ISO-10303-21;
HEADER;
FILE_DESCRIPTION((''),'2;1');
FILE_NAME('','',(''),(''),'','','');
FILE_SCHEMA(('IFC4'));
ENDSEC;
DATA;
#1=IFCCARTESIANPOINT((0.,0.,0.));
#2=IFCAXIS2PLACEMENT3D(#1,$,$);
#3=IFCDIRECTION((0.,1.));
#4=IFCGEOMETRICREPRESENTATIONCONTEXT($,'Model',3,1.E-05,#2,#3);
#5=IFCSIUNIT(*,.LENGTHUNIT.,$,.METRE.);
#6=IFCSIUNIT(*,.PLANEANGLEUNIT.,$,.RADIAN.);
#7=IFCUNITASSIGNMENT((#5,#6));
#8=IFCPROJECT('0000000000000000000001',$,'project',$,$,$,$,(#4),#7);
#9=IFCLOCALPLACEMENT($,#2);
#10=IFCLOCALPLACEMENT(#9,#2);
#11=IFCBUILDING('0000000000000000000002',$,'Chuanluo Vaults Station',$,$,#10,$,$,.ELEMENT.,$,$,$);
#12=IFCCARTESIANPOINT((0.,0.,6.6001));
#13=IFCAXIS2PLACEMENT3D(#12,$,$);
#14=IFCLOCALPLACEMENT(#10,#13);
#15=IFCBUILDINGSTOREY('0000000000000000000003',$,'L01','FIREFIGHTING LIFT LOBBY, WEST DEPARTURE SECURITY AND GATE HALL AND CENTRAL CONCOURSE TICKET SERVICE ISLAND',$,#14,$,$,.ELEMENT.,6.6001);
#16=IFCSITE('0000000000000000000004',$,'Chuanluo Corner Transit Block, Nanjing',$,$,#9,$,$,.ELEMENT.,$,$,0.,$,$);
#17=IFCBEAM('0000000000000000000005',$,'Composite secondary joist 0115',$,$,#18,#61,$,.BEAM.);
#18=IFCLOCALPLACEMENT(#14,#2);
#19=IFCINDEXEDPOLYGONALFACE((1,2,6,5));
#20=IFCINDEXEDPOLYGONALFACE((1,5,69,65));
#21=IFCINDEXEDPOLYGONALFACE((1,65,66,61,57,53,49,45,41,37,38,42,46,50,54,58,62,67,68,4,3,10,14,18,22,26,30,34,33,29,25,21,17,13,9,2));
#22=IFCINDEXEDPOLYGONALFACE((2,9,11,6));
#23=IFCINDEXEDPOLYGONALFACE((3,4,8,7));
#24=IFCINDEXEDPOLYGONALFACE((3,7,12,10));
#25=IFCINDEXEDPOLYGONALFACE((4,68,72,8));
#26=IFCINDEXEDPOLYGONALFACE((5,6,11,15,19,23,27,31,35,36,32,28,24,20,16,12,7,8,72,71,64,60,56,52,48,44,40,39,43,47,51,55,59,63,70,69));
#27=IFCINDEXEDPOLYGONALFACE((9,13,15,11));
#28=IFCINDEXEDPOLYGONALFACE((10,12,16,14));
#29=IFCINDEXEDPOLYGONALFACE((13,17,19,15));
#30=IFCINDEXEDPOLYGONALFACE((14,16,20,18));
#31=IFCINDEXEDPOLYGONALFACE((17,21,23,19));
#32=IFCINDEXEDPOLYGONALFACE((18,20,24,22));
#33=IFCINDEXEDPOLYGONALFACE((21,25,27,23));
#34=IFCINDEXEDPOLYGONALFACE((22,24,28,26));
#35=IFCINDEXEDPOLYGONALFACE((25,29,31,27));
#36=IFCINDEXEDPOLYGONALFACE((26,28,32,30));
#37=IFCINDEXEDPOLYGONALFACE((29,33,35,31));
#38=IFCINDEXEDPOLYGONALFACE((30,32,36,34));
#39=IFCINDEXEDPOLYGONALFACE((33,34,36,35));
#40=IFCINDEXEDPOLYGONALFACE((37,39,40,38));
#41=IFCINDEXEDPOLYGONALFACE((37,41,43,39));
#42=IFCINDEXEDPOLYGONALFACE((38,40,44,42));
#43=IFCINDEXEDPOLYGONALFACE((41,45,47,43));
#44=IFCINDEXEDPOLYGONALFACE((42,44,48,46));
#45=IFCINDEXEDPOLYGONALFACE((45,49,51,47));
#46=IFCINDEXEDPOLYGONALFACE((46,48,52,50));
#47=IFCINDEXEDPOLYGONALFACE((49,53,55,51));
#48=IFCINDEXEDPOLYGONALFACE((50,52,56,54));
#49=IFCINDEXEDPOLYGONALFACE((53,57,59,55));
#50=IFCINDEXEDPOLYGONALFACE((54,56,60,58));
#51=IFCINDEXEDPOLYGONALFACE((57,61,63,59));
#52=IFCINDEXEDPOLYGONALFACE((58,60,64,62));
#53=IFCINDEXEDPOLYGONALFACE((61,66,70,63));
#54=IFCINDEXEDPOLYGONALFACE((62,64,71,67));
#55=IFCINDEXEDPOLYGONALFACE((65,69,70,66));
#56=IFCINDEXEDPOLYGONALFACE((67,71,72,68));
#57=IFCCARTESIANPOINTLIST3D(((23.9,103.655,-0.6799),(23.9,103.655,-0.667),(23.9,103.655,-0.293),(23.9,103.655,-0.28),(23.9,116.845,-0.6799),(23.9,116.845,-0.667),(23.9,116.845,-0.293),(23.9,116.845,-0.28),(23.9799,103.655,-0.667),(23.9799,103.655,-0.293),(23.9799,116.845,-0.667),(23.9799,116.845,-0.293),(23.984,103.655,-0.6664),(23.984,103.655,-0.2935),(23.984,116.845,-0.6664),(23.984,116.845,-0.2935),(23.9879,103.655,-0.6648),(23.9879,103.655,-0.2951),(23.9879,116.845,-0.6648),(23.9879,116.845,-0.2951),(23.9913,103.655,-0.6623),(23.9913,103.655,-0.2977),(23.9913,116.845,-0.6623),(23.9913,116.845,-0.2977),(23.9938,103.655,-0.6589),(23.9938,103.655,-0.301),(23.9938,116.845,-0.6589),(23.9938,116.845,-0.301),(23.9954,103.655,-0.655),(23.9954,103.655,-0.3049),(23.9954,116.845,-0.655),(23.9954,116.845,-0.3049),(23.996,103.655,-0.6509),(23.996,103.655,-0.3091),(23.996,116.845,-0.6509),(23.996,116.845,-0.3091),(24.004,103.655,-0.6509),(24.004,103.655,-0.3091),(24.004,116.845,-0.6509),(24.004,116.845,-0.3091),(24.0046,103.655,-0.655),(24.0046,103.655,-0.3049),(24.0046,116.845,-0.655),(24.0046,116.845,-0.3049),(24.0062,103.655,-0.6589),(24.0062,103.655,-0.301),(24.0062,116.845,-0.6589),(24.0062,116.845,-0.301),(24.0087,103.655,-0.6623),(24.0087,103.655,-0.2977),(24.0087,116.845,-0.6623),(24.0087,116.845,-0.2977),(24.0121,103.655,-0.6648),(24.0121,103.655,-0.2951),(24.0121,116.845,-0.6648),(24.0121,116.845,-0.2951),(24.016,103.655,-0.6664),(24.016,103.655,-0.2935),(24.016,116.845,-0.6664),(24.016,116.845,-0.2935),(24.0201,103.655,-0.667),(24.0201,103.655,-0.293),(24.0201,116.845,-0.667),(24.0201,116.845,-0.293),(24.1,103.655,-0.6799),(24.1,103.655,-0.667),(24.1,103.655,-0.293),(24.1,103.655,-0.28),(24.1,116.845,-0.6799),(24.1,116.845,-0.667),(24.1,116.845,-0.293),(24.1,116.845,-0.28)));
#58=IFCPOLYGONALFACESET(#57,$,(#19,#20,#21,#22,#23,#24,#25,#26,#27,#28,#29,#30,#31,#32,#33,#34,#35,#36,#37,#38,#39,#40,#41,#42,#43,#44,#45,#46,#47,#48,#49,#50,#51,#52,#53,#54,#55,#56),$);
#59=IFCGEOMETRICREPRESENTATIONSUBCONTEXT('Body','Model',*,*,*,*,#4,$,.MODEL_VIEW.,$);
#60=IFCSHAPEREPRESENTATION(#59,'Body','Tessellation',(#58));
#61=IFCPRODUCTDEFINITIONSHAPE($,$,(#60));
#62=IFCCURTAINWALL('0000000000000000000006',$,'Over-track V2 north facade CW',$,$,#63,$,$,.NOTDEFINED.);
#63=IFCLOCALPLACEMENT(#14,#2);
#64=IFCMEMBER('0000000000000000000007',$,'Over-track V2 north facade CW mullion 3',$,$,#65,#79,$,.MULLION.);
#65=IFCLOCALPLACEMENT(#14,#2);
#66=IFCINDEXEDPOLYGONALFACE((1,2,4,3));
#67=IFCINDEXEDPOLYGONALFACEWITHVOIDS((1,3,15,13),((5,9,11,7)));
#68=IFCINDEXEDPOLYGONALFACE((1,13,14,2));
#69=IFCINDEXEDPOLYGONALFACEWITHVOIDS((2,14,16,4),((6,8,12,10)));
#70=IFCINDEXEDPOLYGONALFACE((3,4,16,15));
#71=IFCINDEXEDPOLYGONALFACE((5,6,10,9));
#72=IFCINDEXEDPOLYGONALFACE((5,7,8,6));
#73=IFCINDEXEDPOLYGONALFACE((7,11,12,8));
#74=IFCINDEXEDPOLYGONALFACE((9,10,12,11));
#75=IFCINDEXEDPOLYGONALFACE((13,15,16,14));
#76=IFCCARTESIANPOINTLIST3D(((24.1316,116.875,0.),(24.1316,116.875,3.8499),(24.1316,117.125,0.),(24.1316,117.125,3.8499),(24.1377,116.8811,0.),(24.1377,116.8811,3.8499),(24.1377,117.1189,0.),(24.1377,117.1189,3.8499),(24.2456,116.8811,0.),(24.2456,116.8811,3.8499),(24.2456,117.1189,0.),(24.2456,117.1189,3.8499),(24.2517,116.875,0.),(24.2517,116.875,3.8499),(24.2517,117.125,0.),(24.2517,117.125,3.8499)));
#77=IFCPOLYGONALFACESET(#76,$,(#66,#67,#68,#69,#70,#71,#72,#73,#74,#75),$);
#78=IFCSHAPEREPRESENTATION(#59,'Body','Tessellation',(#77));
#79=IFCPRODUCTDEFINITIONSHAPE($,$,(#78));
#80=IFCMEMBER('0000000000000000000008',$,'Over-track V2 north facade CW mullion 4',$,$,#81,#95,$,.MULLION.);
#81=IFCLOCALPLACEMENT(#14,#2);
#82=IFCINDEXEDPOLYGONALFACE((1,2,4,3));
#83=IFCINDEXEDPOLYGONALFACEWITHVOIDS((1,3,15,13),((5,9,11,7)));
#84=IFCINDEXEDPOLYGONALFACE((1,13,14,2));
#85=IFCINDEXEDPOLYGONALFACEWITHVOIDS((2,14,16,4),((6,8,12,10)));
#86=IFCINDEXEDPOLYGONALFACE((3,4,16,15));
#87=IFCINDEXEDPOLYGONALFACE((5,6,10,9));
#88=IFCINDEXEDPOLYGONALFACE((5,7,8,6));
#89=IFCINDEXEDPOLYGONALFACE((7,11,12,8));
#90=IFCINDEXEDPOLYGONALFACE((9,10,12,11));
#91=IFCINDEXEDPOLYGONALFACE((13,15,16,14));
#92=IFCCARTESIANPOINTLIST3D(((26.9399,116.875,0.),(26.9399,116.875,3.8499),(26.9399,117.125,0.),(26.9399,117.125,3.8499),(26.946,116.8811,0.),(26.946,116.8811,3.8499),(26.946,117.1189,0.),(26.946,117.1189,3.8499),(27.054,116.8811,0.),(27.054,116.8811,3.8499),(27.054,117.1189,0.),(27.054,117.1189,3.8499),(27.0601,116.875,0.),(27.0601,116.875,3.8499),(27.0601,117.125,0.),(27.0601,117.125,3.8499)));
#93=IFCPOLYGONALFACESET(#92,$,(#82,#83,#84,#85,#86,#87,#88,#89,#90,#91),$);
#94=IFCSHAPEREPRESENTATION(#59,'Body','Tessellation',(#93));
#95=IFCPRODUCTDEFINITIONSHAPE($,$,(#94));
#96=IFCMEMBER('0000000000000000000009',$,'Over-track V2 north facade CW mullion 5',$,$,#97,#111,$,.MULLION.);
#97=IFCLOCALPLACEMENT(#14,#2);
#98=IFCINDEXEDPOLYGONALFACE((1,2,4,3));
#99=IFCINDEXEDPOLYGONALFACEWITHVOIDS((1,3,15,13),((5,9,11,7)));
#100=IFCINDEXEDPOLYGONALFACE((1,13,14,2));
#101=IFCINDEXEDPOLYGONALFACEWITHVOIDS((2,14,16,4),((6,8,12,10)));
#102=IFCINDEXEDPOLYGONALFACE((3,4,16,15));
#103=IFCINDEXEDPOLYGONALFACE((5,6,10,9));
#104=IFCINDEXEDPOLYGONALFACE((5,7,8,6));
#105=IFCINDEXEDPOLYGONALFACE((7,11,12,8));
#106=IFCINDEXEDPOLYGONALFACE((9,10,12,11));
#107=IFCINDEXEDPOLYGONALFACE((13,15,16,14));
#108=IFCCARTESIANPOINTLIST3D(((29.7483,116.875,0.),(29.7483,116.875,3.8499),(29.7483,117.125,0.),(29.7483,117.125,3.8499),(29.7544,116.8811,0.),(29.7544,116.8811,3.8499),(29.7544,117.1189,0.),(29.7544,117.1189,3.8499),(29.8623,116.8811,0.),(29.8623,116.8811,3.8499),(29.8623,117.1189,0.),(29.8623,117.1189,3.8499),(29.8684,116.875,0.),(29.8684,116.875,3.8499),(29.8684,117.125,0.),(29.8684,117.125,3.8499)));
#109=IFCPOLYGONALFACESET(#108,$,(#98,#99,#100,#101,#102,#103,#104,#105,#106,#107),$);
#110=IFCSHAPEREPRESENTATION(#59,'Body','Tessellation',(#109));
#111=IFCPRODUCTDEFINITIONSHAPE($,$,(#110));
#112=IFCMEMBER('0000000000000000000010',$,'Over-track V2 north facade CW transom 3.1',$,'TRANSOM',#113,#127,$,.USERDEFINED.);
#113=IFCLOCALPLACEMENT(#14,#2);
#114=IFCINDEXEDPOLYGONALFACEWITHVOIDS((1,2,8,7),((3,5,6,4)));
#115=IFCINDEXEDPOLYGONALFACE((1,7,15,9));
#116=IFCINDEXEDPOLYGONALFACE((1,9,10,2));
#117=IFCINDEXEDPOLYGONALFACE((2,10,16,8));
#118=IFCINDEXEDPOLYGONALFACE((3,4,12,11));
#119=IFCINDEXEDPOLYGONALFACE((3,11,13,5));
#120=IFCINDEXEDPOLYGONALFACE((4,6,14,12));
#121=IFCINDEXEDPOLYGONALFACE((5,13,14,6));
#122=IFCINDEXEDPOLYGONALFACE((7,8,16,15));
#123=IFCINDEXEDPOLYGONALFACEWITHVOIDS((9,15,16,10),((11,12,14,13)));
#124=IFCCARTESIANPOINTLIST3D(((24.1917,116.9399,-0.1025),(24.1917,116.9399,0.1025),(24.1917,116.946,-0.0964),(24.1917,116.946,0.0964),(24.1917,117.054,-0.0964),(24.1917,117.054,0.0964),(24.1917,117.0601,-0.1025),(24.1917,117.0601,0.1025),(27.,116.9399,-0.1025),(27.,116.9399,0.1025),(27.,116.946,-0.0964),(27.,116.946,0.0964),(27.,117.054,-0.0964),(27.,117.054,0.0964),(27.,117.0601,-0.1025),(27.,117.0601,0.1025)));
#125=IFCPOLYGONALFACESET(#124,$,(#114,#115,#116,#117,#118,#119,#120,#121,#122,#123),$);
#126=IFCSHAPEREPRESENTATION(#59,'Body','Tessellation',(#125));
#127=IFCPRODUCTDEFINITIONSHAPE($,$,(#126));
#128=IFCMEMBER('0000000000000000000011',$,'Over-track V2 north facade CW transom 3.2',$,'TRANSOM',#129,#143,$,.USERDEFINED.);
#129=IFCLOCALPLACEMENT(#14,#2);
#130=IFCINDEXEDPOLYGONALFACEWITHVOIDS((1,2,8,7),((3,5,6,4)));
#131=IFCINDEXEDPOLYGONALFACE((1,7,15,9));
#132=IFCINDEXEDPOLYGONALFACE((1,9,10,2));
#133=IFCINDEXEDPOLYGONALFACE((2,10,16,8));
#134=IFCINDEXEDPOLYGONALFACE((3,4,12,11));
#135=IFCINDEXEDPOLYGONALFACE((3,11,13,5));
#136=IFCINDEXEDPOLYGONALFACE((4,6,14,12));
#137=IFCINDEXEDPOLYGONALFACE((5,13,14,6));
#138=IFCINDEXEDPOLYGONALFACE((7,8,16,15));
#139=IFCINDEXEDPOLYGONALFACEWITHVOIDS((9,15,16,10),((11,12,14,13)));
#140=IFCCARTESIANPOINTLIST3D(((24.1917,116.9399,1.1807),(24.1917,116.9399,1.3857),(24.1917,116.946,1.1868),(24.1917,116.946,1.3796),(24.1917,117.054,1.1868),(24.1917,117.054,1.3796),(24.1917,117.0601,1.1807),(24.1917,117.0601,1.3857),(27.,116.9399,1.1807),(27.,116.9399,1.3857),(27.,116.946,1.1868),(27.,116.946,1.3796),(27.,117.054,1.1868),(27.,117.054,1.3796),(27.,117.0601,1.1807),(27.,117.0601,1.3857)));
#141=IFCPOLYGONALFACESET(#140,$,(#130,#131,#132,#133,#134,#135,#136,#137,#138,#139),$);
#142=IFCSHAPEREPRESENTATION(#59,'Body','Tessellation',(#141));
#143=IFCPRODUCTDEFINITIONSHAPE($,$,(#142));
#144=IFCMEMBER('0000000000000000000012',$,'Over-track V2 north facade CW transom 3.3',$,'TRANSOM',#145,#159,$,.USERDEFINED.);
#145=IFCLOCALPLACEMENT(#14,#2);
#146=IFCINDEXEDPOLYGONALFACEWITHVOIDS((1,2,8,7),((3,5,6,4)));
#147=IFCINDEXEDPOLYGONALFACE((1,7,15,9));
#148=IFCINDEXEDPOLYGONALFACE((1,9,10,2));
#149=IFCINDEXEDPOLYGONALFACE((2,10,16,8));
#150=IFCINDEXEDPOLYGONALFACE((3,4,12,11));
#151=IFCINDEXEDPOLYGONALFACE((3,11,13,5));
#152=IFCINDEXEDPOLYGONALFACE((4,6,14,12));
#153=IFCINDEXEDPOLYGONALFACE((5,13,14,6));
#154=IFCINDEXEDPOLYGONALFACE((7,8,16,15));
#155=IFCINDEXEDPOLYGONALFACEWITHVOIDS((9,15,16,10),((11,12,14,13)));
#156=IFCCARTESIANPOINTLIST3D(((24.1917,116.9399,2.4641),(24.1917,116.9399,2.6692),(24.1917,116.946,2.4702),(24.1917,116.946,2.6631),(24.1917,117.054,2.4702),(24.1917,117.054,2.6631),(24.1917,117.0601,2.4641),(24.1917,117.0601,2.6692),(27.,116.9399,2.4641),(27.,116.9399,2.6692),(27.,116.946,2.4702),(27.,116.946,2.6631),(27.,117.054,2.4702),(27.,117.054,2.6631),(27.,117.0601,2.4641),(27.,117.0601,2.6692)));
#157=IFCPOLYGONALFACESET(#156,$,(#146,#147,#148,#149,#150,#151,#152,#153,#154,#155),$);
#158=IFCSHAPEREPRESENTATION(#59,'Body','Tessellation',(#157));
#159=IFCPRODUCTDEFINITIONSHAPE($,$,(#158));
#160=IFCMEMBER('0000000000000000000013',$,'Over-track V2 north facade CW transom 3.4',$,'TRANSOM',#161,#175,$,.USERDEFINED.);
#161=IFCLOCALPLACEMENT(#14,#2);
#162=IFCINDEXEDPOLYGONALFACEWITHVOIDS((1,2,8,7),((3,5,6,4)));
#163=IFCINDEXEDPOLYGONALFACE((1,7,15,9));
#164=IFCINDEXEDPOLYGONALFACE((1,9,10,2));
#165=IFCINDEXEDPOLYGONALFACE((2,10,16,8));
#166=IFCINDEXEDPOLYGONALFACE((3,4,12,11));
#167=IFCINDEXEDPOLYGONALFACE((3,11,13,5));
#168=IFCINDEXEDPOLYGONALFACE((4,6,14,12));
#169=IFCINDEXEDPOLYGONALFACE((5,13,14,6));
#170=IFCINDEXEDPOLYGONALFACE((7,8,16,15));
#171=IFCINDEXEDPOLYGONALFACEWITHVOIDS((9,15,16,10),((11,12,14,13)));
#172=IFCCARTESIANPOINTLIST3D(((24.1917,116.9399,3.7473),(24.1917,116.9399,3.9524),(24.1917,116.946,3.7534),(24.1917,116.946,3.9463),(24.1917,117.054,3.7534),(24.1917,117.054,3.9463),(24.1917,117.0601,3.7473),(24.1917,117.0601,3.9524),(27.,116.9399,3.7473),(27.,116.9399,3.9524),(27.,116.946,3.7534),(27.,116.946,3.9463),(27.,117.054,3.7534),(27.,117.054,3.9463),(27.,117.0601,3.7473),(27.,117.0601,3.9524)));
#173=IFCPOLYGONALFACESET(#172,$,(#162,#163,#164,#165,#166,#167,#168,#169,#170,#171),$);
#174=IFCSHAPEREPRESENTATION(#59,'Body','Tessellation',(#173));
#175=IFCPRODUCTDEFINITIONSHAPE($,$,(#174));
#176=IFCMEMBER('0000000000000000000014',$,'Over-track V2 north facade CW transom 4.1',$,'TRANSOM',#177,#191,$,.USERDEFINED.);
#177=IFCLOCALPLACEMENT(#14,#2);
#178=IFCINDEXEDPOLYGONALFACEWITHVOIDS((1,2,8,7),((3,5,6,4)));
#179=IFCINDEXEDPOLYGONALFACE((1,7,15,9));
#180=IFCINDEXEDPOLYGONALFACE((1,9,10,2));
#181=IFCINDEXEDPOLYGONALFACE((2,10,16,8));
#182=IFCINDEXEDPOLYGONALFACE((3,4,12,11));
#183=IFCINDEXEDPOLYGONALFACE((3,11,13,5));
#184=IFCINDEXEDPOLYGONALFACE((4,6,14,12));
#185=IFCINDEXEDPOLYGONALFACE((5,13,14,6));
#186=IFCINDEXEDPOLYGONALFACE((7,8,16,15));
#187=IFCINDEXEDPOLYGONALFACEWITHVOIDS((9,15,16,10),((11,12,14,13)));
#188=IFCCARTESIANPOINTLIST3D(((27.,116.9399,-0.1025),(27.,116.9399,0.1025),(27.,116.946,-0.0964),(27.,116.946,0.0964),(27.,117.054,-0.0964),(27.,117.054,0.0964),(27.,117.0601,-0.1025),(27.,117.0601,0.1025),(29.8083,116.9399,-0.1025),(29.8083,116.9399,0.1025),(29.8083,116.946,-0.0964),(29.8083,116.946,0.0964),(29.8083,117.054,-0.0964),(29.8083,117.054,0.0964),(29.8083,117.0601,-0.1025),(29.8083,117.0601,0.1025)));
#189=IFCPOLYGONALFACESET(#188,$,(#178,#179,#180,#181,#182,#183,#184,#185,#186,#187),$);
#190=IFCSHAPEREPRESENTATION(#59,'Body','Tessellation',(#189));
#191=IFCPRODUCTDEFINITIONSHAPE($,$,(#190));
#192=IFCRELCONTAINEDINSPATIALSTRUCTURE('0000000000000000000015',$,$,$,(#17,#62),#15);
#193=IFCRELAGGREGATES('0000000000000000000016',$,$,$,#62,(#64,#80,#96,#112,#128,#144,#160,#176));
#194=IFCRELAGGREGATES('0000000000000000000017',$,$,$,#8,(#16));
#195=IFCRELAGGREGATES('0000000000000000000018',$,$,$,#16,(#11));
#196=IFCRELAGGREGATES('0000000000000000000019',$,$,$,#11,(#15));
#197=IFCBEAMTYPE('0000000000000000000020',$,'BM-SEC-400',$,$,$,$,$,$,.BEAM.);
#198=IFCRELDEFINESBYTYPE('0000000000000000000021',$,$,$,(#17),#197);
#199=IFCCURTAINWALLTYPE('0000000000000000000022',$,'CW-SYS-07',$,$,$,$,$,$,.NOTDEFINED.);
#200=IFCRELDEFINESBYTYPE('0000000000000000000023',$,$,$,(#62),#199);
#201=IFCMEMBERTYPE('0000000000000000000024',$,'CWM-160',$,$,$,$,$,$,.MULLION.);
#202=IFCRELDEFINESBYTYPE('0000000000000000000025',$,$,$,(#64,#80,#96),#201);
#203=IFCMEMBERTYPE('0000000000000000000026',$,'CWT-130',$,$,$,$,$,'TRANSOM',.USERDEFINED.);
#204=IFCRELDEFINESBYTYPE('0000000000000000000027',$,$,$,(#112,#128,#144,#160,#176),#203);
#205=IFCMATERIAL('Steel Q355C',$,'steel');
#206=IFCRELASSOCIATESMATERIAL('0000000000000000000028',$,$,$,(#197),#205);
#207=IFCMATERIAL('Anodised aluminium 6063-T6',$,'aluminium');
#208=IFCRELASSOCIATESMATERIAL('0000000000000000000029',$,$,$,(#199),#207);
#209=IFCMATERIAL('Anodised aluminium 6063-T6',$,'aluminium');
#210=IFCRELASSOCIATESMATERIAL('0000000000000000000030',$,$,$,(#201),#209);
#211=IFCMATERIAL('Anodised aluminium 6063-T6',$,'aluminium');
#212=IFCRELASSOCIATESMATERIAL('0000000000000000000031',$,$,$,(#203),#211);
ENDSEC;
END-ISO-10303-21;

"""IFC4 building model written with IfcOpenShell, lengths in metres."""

from ifc_helpers import new_model, si_unit, direction, frame, origin, origin_2d, place, context, subcontext, project, spatial, hollow_rectangle, i_section, extrude, material, material_profile, profile_set, type_object, element, aggregate, save


model = new_model("IFC4")

# Units and contexts
model_context = context("Model", 3, precision=1e-05, world=origin(), true_north=direction((0.0, 1.0)))
body_context = subcontext(model_context, "Body", "Model", "MODEL_VIEW")
ifc_project = project(units=[si_unit("LENGTHUNIT", "METRE"), si_unit("PLANEANGLEUNIT", "RADIAN")], contexts=[model_context])

# Site, building, storey
site_placement = place(None, origin())
site = spatial("IfcSite", under=ifc_project, at=site_placement, Name="Chuanluo Corner Transit Block, Nanjing", CompositionType="ELEMENT", RefElevation=0.0)
building_placement = place(site_placement, origin())
building = spatial("IfcBuilding", under=site, at=building_placement, Name="Chuanluo Vaults Station", CompositionType="ELEMENT")
storey_placement = place(building_placement, frame((0.0, 0.0, 6.6001)))
storey = spatial("IfcBuildingStorey", under=building, at=storey_placement, Name="L01", Description="FIREFIGHTING LIFT LOBBY, WEST DEPARTURE SECURITY AND GATE HALL AND CENTRAL CONCOURSE TICKET SERVICE ISLAND", CompositionType="ELEMENT", Elevation=6.6001)

# Beam
ifc_material_1 = material(Name="Steel Q355C", Category="steel")
ifc_material_profile_1 = material_profile(ifc_material_1, i_section(OverallWidth=0.2, OverallDepth=0.3999, WebThickness=0.0081, FlangeThickness=0.0129, FilletRadius=0.0161, at=origin_2d()))
ifc_profile_set_1 = profile_set([ifc_material_profile_1], Name="Steel Q355C")
beam_type = type_object("IfcBeamType", Name="BM-SEC-400", PredefinedType="BEAM", material=ifc_profile_set_1)
beam_placement = place(storey_placement, frame((24.0, 103.655, -0.48), z_axis=(0.0, 1.0, 0.0), x_axis=(-1.0, 0.0, 0.0)))
element("IfcBeam", 1, at=beam_placement, inside=storey, type_object=beam_type, Name="Composite secondary joist 0115", PredefinedType="BEAM", context=body_context, shape_type="SweptSolid", body=[
    extrude(i_section(OverallWidth=0.2, OverallDepth=0.3999, WebThickness=0.0081, FlangeThickness=0.0129, FilletRadius=0.0161, at=origin_2d()), origin(), (0.0, 0.0, 1.0), 13.1899),
])

# Curtain wall, members
ifc_material_2 = material(Name="Anodised aluminium 6063-T6", Category="aluminium")
curtain_wall_type = type_object("IfcCurtainWallType", Name="CW-SYS-07", PredefinedType="NOTDEFINED", material=ifc_material_2)
curtain_wall_placement = place(storey_placement, origin())
curtain_wall = element("IfcCurtainWall", 2, at=curtain_wall_placement, inside=storey, type_object=curtain_wall_type, Name="Over-track V2 north facade CW", PredefinedType="NOTDEFINED")
ifc_material_3 = material(Name="Anodised aluminium 6063-T6", Category="aluminium")
ifc_material_profile_2 = material_profile(ifc_material_3, hollow_rectangle(XDim=0.1201, YDim=0.25, WallThickness=0.0061, at=origin_2d()))
ifc_profile_set_2 = profile_set([ifc_material_profile_2], Name="Anodised aluminium 6063-T6")
member_type_1 = type_object("IfcMemberType", Name="CWM-160", PredefinedType="MULLION", material=ifc_profile_set_2)
member_1_placement = place(storey_placement, frame((24.1917, 117.0, 0.0), z_axis=(0.0, 0.0, 1.0), x_axis=(1.0, 0.0, 0.0)))
member_1 = element("IfcMember", 3, at=member_1_placement, type_object=member_type_1, Name="Over-track V2 north facade CW mullion 3", PredefinedType="MULLION", context=body_context, shape_type="SweptSolid", body=[
    extrude(hollow_rectangle(XDim=0.1201, YDim=0.25, WallThickness=0.0061, at=origin_2d()), origin(), (0.0, 0.0, 1.0), 3.8499),
])
member_2_placement = place(storey_placement, frame((27.0, 117.0, 0.0), z_axis=(0.0, 0.0, 1.0), x_axis=(1.0, 0.0, 0.0)))
member_2 = element("IfcMember", 4, at=member_2_placement, type_object=member_type_1, Name="Over-track V2 north facade CW mullion 4", PredefinedType="MULLION", context=body_context, shape_type="SweptSolid", body=[
    extrude(hollow_rectangle(XDim=0.1201, YDim=0.25, WallThickness=0.0061, at=origin_2d()), origin(), (0.0, 0.0, 1.0), 3.8499),
])
member_3_placement = place(storey_placement, frame((29.8083, 117.0, 0.0), z_axis=(0.0, 0.0, 1.0), x_axis=(1.0, 0.0, 0.0)))
member_3 = element("IfcMember", 5, at=member_3_placement, type_object=member_type_1, Name="Over-track V2 north facade CW mullion 5", PredefinedType="MULLION", context=body_context, shape_type="SweptSolid", body=[
    extrude(hollow_rectangle(XDim=0.1201, YDim=0.25, WallThickness=0.0061, at=origin_2d()), origin(), (0.0, 0.0, 1.0), 3.8499),
])
ifc_material_4 = material(Name="Anodised aluminium 6063-T6", Category="aluminium")
ifc_material_profile_3 = material_profile(ifc_material_4, hollow_rectangle(XDim=0.1201, YDim=0.2051, WallThickness=0.0061, at=origin_2d()))
ifc_profile_set_3 = profile_set([ifc_material_profile_3], Name="Anodised aluminium 6063-T6")
member_type_2 = type_object("IfcMemberType", Name="CWT-130", ElementType="TRANSOM", PredefinedType="USERDEFINED", material=ifc_profile_set_3)
member_4_placement = place(storey_placement, frame((24.1917, 117.0, 0.0), z_axis=(1.0, 0.0, 0.0), x_axis=(0.0, 1.0, 0.0)))
member_4 = element("IfcMember", 6, at=member_4_placement, type_object=member_type_2, Name="Over-track V2 north facade CW transom 3.1", ObjectType="TRANSOM", PredefinedType="USERDEFINED", context=body_context, shape_type="SweptSolid", body=[
    extrude(hollow_rectangle(XDim=0.1201, YDim=0.2051, WallThickness=0.0061, at=origin_2d()), origin(), (0.0, 0.0, 1.0), 2.8083),
])
member_5_placement = place(storey_placement, frame((24.1917, 117.0, 1.2832), z_axis=(1.0, 0.0, 0.0), x_axis=(0.0, 1.0, 0.0)))
member_5 = element("IfcMember", 7, at=member_5_placement, type_object=member_type_2, Name="Over-track V2 north facade CW transom 3.2", ObjectType="TRANSOM", PredefinedType="USERDEFINED", context=body_context, shape_type="SweptSolid", body=[
    extrude(hollow_rectangle(XDim=0.1201, YDim=0.2051, WallThickness=0.0061, at=origin_2d()), origin(), (0.0, 0.0, 1.0), 2.8083),
])
member_6_placement = place(storey_placement, frame((24.1917, 117.0, 2.5667), z_axis=(1.0, 0.0, 0.0), x_axis=(0.0, 1.0, 0.0)))
member_6 = element("IfcMember", 8, at=member_6_placement, type_object=member_type_2, Name="Over-track V2 north facade CW transom 3.3", ObjectType="TRANSOM", PredefinedType="USERDEFINED", context=body_context, shape_type="SweptSolid", body=[
    extrude(hollow_rectangle(XDim=0.1201, YDim=0.2051, WallThickness=0.0061, at=origin_2d()), origin(), (0.0, 0.0, 1.0), 2.8083),
])
member_7_placement = place(storey_placement, frame((24.1917, 117.0, 3.8499), z_axis=(1.0, 0.0, 0.0), x_axis=(0.0, 1.0, 0.0)))
member_7 = element("IfcMember", 9, at=member_7_placement, type_object=member_type_2, Name="Over-track V2 north facade CW transom 3.4", ObjectType="TRANSOM", PredefinedType="USERDEFINED", context=body_context, shape_type="SweptSolid", body=[
    extrude(hollow_rectangle(XDim=0.1201, YDim=0.2051, WallThickness=0.0061, at=origin_2d()), origin(), (0.0, 0.0, 1.0), 2.8083),
])
member_8_placement = place(storey_placement, frame((27.0, 117.0, 0.0), z_axis=(1.0, 0.0, 0.0), x_axis=(0.0, 1.0, 0.0)))
member_8 = element("IfcMember", 10, at=member_8_placement, type_object=member_type_2, Name="Over-track V2 north facade CW transom 4.1", ObjectType="TRANSOM", PredefinedType="USERDEFINED", context=body_context, shape_type="SweptSolid", body=[
    extrude(hollow_rectangle(XDim=0.1201, YDim=0.2051, WallThickness=0.0061, at=origin_2d()), origin(), (0.0, 0.0, 1.0), 2.8083),
])
aggregate(curtain_wall, [member_1, member_2, member_3, member_4, member_5, member_6, member_7, member_8])

save(model, "model.ifc")
